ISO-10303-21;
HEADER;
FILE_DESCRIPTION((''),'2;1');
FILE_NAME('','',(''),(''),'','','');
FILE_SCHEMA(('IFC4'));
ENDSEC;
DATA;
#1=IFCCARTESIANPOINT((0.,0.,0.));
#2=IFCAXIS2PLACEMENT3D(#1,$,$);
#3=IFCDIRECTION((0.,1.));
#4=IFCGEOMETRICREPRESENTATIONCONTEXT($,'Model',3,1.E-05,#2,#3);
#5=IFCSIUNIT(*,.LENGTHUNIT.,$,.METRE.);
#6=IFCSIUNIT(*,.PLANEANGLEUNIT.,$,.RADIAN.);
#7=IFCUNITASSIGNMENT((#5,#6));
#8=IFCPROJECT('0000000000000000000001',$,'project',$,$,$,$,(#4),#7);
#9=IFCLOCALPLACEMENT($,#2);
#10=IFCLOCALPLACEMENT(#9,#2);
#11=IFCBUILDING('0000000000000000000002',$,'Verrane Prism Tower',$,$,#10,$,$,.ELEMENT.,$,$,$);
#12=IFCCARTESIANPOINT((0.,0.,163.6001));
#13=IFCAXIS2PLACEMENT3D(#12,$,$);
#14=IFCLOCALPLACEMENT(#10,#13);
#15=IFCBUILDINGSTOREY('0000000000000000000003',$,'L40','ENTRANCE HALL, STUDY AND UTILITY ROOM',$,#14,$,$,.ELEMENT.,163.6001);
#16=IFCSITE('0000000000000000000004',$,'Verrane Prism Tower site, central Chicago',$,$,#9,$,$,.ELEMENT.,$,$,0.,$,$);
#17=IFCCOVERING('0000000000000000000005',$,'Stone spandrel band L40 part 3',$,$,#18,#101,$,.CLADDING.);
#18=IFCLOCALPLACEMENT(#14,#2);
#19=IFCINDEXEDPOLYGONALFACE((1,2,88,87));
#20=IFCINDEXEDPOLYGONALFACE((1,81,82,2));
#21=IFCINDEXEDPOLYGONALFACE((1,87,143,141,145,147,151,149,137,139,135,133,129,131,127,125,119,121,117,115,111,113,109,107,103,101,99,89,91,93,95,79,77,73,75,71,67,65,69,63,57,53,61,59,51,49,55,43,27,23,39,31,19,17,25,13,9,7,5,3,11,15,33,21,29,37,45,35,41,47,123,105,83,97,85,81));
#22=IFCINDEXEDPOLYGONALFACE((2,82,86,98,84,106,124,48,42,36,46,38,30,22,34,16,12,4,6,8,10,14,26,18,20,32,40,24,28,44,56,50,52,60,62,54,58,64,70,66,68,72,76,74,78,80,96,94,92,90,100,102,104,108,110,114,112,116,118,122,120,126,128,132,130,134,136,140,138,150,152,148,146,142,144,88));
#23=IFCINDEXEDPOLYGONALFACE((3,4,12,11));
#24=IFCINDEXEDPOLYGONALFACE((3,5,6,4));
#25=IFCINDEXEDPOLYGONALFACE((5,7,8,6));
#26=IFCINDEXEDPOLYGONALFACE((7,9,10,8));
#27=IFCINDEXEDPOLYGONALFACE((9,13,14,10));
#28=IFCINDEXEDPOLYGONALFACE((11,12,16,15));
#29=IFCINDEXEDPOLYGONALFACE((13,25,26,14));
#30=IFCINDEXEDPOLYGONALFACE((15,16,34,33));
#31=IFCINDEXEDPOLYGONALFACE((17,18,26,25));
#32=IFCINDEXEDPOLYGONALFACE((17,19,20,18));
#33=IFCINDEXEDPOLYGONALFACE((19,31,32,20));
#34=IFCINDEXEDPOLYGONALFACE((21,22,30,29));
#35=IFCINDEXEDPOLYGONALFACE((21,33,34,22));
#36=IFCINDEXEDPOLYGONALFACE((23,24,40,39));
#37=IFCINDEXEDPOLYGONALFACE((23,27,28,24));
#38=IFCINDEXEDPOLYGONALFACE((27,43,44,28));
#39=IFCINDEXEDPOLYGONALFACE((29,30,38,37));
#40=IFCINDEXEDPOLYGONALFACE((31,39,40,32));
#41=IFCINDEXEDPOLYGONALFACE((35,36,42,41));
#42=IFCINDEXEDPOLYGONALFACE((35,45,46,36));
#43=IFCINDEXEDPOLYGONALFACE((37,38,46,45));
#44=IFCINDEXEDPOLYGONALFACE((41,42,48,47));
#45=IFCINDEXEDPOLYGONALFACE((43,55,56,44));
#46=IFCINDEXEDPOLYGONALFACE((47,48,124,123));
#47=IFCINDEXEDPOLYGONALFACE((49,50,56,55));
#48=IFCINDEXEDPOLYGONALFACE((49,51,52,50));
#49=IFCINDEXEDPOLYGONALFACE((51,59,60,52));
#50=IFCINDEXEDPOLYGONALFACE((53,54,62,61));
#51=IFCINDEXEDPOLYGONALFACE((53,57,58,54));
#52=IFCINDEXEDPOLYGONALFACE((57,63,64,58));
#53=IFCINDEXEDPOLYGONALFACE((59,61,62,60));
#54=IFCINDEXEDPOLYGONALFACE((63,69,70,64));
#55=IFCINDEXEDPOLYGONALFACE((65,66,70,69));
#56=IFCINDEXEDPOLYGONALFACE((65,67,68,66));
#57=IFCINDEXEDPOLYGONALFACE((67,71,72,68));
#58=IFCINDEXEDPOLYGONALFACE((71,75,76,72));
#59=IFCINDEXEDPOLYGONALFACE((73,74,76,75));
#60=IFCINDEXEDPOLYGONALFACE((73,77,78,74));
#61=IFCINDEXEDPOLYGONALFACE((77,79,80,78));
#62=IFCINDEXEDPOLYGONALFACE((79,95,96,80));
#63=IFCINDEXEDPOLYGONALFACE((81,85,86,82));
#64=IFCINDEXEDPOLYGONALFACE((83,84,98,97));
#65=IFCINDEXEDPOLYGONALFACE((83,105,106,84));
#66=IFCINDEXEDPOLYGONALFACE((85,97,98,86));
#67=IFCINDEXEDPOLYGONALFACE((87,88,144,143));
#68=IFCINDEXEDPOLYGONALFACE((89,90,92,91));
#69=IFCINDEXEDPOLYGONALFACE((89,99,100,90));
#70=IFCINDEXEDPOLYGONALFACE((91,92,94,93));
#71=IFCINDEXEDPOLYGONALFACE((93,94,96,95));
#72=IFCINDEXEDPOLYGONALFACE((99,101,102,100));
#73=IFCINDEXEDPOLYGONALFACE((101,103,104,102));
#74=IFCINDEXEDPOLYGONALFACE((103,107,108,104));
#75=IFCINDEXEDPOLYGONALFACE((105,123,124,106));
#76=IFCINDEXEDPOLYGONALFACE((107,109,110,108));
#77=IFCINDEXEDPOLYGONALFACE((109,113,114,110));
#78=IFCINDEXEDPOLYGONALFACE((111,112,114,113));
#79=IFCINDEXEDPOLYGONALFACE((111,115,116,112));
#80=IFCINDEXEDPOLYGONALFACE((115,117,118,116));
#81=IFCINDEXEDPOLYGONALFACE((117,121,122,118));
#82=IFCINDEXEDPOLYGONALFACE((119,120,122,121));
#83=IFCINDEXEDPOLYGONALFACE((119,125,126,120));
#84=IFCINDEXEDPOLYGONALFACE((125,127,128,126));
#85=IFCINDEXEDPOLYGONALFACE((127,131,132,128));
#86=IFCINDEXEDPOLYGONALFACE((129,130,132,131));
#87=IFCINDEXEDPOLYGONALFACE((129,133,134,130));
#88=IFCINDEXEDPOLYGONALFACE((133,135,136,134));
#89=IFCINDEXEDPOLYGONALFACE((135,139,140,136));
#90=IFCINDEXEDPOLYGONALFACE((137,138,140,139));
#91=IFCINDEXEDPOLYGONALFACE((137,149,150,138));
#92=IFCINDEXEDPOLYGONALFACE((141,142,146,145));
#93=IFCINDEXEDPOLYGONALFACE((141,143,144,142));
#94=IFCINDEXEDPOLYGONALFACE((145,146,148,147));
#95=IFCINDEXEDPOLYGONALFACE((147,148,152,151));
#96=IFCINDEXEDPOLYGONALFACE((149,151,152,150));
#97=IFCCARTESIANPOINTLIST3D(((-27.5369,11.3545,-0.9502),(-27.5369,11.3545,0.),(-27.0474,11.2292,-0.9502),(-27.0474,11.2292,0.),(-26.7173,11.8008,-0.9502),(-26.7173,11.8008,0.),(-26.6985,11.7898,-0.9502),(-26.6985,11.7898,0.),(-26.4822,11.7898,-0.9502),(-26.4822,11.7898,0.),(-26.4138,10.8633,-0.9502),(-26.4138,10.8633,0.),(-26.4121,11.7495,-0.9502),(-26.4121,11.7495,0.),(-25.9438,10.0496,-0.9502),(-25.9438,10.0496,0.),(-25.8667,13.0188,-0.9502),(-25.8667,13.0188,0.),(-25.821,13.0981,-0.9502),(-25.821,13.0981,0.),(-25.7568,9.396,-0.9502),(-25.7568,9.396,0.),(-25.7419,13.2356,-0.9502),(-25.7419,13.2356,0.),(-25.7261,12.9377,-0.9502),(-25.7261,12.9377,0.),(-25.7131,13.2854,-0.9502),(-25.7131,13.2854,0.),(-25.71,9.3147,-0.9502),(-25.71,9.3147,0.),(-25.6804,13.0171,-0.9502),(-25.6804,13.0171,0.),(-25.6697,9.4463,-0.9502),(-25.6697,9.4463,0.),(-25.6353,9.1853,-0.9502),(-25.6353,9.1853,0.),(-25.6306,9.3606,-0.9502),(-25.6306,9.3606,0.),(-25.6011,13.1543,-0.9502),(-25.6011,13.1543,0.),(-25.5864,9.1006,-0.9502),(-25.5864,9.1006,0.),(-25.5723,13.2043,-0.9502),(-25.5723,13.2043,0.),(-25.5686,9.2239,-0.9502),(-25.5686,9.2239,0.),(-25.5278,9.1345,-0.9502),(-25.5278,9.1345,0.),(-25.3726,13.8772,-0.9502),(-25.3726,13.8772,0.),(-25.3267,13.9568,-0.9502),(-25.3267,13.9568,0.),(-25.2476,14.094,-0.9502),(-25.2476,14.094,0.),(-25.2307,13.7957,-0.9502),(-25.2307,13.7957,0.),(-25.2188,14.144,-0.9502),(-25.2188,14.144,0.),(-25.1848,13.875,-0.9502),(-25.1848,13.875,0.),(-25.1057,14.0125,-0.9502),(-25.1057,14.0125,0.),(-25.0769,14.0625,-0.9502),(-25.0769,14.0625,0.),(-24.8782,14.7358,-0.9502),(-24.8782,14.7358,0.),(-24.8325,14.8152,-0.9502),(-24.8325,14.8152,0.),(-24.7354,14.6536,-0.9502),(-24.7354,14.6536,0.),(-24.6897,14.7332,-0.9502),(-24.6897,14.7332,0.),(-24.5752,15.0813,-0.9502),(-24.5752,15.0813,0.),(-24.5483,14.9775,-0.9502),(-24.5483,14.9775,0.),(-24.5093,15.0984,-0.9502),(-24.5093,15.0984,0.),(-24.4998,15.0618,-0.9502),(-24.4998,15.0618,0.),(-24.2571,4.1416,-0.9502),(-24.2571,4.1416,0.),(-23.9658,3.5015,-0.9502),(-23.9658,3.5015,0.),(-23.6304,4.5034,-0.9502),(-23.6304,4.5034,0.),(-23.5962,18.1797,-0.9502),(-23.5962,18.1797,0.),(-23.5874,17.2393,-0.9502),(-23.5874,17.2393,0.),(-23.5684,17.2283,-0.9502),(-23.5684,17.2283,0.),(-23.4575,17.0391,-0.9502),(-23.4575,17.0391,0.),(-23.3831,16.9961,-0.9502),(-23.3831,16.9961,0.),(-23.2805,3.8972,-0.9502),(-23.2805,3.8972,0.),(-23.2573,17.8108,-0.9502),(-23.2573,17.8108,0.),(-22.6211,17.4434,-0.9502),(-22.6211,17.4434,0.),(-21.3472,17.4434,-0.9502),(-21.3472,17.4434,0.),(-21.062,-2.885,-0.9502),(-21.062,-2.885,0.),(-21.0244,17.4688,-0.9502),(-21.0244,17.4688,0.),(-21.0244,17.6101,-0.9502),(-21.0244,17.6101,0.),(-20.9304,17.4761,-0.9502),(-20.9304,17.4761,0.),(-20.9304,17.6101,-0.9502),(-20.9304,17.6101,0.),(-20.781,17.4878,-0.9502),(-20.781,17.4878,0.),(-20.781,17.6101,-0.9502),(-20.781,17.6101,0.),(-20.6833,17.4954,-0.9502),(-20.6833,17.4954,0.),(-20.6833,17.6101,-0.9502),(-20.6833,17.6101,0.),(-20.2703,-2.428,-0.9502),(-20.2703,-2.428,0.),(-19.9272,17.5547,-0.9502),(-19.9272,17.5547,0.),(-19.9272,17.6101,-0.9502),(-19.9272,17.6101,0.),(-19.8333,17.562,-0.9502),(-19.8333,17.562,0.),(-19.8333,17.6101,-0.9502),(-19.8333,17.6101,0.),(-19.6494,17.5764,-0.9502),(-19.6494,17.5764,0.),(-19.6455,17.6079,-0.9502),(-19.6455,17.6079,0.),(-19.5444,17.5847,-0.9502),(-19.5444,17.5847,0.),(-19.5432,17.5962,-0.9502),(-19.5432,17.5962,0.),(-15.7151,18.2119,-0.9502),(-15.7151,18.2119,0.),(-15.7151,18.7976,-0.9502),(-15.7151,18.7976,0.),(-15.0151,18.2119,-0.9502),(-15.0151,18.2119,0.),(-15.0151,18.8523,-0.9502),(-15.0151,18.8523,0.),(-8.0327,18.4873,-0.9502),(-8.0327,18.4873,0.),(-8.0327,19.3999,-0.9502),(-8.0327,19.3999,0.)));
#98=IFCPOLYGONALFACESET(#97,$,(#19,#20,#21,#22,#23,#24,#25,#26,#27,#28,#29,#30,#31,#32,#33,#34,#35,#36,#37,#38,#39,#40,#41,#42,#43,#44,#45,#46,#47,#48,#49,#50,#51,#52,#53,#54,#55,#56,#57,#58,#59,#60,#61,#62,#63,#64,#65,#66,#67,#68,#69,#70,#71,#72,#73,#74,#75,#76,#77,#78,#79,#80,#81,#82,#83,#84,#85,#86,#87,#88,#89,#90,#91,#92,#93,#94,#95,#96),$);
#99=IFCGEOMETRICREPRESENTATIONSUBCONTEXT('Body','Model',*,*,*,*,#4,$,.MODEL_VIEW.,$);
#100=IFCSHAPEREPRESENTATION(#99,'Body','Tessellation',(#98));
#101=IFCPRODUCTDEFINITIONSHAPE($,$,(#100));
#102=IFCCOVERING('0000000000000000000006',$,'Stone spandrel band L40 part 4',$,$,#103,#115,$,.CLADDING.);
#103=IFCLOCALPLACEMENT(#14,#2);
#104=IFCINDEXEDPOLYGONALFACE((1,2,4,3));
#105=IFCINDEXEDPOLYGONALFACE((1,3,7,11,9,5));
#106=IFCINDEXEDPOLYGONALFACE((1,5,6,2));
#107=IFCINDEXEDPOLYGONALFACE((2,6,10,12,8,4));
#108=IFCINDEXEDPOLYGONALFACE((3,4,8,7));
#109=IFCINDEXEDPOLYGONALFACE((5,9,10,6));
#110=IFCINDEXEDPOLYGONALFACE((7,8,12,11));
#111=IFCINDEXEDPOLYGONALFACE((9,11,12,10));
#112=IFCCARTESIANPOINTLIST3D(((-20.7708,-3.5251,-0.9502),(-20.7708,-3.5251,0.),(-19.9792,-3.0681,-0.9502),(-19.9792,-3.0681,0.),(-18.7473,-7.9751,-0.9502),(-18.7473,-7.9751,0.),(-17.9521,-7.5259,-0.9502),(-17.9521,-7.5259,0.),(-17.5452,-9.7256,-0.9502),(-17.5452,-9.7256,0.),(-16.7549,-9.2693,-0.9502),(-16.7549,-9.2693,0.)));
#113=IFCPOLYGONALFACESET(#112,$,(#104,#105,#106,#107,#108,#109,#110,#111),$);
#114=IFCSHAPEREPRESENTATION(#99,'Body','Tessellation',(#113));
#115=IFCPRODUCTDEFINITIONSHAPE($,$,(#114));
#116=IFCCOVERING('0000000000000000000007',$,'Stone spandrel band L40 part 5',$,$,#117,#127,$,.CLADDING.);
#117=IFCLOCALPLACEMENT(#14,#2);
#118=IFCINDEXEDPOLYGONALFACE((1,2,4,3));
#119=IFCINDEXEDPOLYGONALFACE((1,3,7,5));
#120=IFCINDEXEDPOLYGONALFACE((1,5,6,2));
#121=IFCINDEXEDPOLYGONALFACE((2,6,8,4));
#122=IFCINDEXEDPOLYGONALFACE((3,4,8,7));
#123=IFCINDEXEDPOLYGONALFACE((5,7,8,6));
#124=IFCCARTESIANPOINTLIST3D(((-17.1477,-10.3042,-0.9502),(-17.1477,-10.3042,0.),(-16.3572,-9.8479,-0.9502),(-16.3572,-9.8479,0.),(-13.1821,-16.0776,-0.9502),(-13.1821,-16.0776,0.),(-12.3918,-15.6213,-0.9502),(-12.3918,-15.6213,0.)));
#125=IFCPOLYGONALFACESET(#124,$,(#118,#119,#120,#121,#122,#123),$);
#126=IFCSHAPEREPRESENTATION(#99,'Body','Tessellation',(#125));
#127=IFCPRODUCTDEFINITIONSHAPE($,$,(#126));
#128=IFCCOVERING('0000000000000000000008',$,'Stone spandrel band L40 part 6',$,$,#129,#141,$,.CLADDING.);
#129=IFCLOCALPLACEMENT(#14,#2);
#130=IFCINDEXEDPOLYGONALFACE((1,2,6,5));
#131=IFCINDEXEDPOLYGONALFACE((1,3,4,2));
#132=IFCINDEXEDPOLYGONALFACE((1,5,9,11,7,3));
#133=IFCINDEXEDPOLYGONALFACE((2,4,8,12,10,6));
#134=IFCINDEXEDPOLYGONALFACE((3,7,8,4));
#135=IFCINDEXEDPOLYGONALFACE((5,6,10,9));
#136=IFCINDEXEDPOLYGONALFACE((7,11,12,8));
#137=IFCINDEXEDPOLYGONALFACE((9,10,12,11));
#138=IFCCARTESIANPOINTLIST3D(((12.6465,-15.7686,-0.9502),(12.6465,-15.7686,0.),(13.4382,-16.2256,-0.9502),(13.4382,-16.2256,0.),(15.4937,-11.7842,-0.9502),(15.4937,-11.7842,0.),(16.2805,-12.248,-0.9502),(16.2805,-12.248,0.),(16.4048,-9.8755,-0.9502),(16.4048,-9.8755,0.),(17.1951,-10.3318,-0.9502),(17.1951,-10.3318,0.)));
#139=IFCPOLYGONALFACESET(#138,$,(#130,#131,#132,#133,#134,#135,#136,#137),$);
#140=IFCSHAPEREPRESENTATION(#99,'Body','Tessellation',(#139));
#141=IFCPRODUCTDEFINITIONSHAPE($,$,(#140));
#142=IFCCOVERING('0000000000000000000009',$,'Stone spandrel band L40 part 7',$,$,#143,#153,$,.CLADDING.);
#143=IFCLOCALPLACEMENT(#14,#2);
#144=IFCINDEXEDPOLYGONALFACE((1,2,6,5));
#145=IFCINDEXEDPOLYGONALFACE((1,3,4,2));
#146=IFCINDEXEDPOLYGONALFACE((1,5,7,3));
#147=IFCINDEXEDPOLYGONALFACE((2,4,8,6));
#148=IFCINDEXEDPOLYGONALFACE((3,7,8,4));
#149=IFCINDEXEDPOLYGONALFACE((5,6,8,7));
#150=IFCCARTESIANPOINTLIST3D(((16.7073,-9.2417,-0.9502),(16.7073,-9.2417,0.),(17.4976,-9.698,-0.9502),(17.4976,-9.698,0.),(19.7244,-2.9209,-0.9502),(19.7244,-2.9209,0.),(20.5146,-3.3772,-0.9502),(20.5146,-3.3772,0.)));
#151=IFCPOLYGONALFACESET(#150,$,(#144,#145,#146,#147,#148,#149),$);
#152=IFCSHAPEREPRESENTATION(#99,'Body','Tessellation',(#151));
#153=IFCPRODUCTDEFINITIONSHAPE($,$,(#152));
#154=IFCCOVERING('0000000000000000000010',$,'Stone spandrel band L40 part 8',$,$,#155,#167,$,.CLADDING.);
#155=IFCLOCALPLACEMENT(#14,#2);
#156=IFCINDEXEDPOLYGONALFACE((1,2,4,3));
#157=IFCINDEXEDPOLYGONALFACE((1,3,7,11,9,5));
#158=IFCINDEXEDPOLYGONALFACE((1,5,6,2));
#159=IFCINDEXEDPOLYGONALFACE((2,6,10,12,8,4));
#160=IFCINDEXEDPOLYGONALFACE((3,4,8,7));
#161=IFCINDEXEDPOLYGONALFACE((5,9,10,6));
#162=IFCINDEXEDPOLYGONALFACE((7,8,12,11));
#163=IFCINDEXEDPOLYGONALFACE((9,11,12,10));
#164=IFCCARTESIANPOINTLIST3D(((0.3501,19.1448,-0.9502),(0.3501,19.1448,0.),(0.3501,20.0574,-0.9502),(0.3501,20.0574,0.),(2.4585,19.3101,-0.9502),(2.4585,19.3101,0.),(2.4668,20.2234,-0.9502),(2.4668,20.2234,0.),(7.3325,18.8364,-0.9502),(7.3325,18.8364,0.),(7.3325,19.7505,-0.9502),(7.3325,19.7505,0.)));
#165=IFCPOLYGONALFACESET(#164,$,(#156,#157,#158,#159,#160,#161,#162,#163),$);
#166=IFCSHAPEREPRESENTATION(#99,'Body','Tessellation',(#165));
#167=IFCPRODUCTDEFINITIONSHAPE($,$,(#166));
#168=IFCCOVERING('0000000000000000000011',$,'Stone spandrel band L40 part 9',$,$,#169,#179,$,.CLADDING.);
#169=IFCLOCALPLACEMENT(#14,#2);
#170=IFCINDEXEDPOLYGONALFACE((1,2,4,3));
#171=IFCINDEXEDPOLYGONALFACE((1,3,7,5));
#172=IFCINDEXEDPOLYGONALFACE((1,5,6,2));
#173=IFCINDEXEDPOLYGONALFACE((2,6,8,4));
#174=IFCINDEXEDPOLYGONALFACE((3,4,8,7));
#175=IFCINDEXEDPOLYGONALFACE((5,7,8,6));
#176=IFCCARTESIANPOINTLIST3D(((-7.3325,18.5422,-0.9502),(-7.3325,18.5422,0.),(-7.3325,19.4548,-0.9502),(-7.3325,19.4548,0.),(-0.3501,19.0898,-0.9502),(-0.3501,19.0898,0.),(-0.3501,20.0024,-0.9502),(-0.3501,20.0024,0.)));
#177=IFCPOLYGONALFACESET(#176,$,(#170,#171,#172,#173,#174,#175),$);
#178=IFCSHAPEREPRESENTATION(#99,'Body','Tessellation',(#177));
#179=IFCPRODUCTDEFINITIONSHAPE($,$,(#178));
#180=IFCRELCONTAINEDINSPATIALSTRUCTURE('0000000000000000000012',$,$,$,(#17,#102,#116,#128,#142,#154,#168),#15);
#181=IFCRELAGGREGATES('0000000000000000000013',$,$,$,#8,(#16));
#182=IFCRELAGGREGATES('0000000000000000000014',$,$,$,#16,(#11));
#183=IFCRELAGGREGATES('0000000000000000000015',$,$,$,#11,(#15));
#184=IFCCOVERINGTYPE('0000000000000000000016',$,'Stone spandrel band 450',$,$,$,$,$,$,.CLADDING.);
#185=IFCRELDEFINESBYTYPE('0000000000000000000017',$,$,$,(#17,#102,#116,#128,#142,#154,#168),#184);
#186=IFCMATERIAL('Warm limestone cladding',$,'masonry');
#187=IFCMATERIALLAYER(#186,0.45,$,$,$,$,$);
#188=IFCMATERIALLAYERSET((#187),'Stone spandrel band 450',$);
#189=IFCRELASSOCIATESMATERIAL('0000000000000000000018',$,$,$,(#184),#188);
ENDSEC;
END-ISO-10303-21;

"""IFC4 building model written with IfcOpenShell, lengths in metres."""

from ifc_helpers import new_model, si_unit, direction, frame, origin, place, context, subcontext, project, spatial, polyline, outline, extrude, material, layer, layer_set, type_object, element, save


model = new_model("IFC4")

# Units and contexts
model_context = context("Model", 3, precision=1e-05, world=origin(), true_north=direction((0.0, 1.0)))
body_context = subcontext(model_context, "Body", "Model", "MODEL_VIEW")
ifc_project = project(units=[si_unit("LENGTHUNIT", "METRE"), si_unit("PLANEANGLEUNIT", "RADIAN")], contexts=[model_context])

# Site, building, storey
site_placement = place(None, origin())
site = spatial("IfcSite", under=ifc_project, at=site_placement, Name="Verrane Prism Tower site, central Chicago", CompositionType="ELEMENT", RefElevation=0.0)
building_placement = place(site_placement, origin())
building = spatial("IfcBuilding", under=site, at=building_placement, Name="Verrane Prism Tower", CompositionType="ELEMENT")
storey_placement = place(building_placement, frame((0.0, 0.0, 163.6001)))
storey = spatial("IfcBuildingStorey", under=building, at=storey_placement, Name="L40", Description="ENTRANCE HALL, STUDY AND UTILITY ROOM", CompositionType="ELEMENT", Elevation=163.6001)

# Coverings
ifc_material_1 = material(Name="Warm limestone cladding", Category="masonry")
ifc_layer_1 = layer(ifc_material_1, 0.45)
ifc_layer_set_1 = layer_set([ifc_layer_1], Name="Stone spandrel band 450")
covering_type = type_object("IfcCoveringType", Name="Stone spandrel band 450", PredefinedType="CLADDING", material=ifc_layer_set_1)
covering_1_placement = place(storey_placement, frame((0.0, 0.0, -0.9502)))
element("IfcCovering", 1, at=covering_1_placement, inside=storey, type_object=covering_type, Name="Stone spandrel band L40 part 3", PredefinedType="CLADDING", context=body_context, shape_type="SweptSolid", body=[
    extrude(outline(polyline([(-21.062, -2.885), (-20.2703, -2.428), (-25.5278, 9.1345), (-25.5864, 9.1006), (-25.6353, 9.1853), (-25.5686, 9.2239), (-25.6306, 9.3606), (-25.71, 9.3147), (-25.7568, 9.396), (-25.6697, 9.4463), (-25.9438, 10.0496), (-26.4138, 10.8633), (-27.0474, 11.2292), (-26.7173, 11.8008), (-26.6985, 11.7898), (-26.4822, 11.7898), (-26.4121, 11.7495), (-25.7261, 12.9377), (-25.8667, 13.0188), (-25.821, 13.0981), (-25.6804, 13.0171), (-25.6011, 13.1543), (-25.7419, 13.2356), (-25.7131, 13.2854), (-25.5723, 13.2043), (-25.2307, 13.7957), (-25.3726, 13.8772), (-25.3267, 13.9568), (-25.1848, 13.875), (-25.1057, 14.0125), (-25.2476, 14.094), (-25.2188, 14.144), (-25.0769, 14.0625), (-24.7354, 14.6536), (-24.8782, 14.7358), (-24.8325, 14.8152), (-24.6897, 14.7332), (-24.5483, 14.9775), (-24.5752, 15.0813), (-24.5093, 15.0984), (-24.4998, 15.0618), (-23.3831, 16.9961), (-23.4575, 17.0391), (-23.5684, 17.2283), (-23.5874, 17.2393), (-23.2573, 17.8108), (-22.6211, 17.4434), (-21.3472, 17.4434), (-21.0244, 17.4688), (-21.0244, 17.6101), (-20.9304, 17.6101), (-20.9304, 17.4761), (-20.781, 17.4878), (-20.781, 17.6101), (-20.6833, 17.6101), (-20.6833, 17.4954), (-19.9272, 17.5547), (-19.9272, 17.6101), (-19.8333, 17.6101), (-19.8333, 17.562), (-19.6494, 17.5764), (-19.6455, 17.6079), (-19.5432, 17.5962), (-19.5444, 17.5847), (-8.0327, 18.4873), (-8.0327, 19.3999), (-15.0151, 18.8523), (-15.0151, 18.2119), (-15.7151, 18.2119), (-15.7151, 18.7976), (-23.5962, 18.1797), (-27.5369, 11.3545), (-24.2571, 4.1416), (-23.6304, 4.5034), (-23.2805, 3.8972), (-23.9658, 3.5015), (-21.062, -2.885)])), origin(), (0.0, 0.0, 1.0), 0.9502),
])
covering_2_placement = place(storey_placement, frame((0.0, 0.0, -0.9502)))
element("IfcCovering", 2, at=covering_2_placement, inside=storey, type_object=covering_type, Name="Stone spandrel band L40 part 4", PredefinedType="CLADDING", context=body_context, shape_type="SweptSolid", body=[
    extrude(outline(polyline([(-17.5452, -9.7256), (-16.7549, -9.2693), (-17.9521, -7.5259), (-19.9792, -3.0681), (-20.7708, -3.5251), (-18.7473, -7.9751), (-17.5452, -9.7256)])), origin(), (0.0, 0.0, 1.0), 0.9502),
])
covering_3_placement = place(storey_placement, frame((0.0, 0.0, -0.9502)))
element("IfcCovering", 3, at=covering_3_placement, inside=storey, type_object=covering_type, Name="Stone spandrel band L40 part 5", PredefinedType="CLADDING", context=body_context, shape_type="SweptSolid", body=[
    extrude(outline(polyline([(-12.3918, -15.6213), (-16.3572, -9.8479), (-17.1477, -10.3042), (-13.1821, -16.0776), (-12.3918, -15.6213)])), origin(), (0.0, 0.0, 1.0), 0.9502),
])
covering_4_placement = place(storey_placement, frame((0.0, 0.0, -0.9502)))
element("IfcCovering", 4, at=covering_4_placement, inside=storey, type_object=covering_type, Name="Stone spandrel band L40 part 6", PredefinedType="CLADDING", context=body_context, shape_type="SweptSolid", body=[
    extrude(outline(polyline([(16.4048, -9.8755), (15.4937, -11.7842), (12.6465, -15.7686), (13.4382, -16.2256), (16.2805, -12.248), (17.1951, -10.3318), (16.4048, -9.8755)])), origin(), (0.0, 0.0, 1.0), 0.9502),
])
covering_5_placement = place(storey_placement, frame((0.0, 0.0, -0.9502)))
element("IfcCovering", 5, at=covering_5_placement, inside=storey, type_object=covering_type, Name="Stone spandrel band L40 part 7", PredefinedType="CLADDING", context=body_context, shape_type="SweptSolid", body=[
    extrude(outline(polyline([(20.5146, -3.3772), (19.7244, -2.9209), (16.7073, -9.2417), (17.4976, -9.698), (20.5146, -3.3772)])), origin(), (0.0, 0.0, 1.0), 0.9502),
])
covering_6_placement = place(storey_placement, frame((0.0, 0.0, -0.9502)))
element("IfcCovering", 6, at=covering_6_placement, inside=storey, type_object=covering_type, Name="Stone spandrel band L40 part 8", PredefinedType="CLADDING", context=body_context, shape_type="SweptSolid", body=[
    extrude(outline(polyline([(0.3501, 20.0574), (0.3501, 19.1448), (2.4585, 19.3101), (7.3325, 18.8364), (7.3325, 19.7505), (2.4668, 20.2234), (0.3501, 20.0574)])), origin(), (0.0, 0.0, 1.0), 0.9502),
])
covering_7_placement = place(storey_placement, frame((0.0, 0.0, -0.9502)))
element("IfcCovering", 7, at=covering_7_placement, inside=storey, type_object=covering_type, Name="Stone spandrel band L40 part 9", PredefinedType="CLADDING", context=body_context, shape_type="SweptSolid", body=[
    extrude(outline(polyline([(-7.3325, 18.5422), (-0.3501, 19.0898), (-0.3501, 20.0024), (-7.3325, 19.4548), (-7.3325, 18.5422)])), origin(), (0.0, 0.0, 1.0), 0.9502),
])

save(model, "model.ifc")
